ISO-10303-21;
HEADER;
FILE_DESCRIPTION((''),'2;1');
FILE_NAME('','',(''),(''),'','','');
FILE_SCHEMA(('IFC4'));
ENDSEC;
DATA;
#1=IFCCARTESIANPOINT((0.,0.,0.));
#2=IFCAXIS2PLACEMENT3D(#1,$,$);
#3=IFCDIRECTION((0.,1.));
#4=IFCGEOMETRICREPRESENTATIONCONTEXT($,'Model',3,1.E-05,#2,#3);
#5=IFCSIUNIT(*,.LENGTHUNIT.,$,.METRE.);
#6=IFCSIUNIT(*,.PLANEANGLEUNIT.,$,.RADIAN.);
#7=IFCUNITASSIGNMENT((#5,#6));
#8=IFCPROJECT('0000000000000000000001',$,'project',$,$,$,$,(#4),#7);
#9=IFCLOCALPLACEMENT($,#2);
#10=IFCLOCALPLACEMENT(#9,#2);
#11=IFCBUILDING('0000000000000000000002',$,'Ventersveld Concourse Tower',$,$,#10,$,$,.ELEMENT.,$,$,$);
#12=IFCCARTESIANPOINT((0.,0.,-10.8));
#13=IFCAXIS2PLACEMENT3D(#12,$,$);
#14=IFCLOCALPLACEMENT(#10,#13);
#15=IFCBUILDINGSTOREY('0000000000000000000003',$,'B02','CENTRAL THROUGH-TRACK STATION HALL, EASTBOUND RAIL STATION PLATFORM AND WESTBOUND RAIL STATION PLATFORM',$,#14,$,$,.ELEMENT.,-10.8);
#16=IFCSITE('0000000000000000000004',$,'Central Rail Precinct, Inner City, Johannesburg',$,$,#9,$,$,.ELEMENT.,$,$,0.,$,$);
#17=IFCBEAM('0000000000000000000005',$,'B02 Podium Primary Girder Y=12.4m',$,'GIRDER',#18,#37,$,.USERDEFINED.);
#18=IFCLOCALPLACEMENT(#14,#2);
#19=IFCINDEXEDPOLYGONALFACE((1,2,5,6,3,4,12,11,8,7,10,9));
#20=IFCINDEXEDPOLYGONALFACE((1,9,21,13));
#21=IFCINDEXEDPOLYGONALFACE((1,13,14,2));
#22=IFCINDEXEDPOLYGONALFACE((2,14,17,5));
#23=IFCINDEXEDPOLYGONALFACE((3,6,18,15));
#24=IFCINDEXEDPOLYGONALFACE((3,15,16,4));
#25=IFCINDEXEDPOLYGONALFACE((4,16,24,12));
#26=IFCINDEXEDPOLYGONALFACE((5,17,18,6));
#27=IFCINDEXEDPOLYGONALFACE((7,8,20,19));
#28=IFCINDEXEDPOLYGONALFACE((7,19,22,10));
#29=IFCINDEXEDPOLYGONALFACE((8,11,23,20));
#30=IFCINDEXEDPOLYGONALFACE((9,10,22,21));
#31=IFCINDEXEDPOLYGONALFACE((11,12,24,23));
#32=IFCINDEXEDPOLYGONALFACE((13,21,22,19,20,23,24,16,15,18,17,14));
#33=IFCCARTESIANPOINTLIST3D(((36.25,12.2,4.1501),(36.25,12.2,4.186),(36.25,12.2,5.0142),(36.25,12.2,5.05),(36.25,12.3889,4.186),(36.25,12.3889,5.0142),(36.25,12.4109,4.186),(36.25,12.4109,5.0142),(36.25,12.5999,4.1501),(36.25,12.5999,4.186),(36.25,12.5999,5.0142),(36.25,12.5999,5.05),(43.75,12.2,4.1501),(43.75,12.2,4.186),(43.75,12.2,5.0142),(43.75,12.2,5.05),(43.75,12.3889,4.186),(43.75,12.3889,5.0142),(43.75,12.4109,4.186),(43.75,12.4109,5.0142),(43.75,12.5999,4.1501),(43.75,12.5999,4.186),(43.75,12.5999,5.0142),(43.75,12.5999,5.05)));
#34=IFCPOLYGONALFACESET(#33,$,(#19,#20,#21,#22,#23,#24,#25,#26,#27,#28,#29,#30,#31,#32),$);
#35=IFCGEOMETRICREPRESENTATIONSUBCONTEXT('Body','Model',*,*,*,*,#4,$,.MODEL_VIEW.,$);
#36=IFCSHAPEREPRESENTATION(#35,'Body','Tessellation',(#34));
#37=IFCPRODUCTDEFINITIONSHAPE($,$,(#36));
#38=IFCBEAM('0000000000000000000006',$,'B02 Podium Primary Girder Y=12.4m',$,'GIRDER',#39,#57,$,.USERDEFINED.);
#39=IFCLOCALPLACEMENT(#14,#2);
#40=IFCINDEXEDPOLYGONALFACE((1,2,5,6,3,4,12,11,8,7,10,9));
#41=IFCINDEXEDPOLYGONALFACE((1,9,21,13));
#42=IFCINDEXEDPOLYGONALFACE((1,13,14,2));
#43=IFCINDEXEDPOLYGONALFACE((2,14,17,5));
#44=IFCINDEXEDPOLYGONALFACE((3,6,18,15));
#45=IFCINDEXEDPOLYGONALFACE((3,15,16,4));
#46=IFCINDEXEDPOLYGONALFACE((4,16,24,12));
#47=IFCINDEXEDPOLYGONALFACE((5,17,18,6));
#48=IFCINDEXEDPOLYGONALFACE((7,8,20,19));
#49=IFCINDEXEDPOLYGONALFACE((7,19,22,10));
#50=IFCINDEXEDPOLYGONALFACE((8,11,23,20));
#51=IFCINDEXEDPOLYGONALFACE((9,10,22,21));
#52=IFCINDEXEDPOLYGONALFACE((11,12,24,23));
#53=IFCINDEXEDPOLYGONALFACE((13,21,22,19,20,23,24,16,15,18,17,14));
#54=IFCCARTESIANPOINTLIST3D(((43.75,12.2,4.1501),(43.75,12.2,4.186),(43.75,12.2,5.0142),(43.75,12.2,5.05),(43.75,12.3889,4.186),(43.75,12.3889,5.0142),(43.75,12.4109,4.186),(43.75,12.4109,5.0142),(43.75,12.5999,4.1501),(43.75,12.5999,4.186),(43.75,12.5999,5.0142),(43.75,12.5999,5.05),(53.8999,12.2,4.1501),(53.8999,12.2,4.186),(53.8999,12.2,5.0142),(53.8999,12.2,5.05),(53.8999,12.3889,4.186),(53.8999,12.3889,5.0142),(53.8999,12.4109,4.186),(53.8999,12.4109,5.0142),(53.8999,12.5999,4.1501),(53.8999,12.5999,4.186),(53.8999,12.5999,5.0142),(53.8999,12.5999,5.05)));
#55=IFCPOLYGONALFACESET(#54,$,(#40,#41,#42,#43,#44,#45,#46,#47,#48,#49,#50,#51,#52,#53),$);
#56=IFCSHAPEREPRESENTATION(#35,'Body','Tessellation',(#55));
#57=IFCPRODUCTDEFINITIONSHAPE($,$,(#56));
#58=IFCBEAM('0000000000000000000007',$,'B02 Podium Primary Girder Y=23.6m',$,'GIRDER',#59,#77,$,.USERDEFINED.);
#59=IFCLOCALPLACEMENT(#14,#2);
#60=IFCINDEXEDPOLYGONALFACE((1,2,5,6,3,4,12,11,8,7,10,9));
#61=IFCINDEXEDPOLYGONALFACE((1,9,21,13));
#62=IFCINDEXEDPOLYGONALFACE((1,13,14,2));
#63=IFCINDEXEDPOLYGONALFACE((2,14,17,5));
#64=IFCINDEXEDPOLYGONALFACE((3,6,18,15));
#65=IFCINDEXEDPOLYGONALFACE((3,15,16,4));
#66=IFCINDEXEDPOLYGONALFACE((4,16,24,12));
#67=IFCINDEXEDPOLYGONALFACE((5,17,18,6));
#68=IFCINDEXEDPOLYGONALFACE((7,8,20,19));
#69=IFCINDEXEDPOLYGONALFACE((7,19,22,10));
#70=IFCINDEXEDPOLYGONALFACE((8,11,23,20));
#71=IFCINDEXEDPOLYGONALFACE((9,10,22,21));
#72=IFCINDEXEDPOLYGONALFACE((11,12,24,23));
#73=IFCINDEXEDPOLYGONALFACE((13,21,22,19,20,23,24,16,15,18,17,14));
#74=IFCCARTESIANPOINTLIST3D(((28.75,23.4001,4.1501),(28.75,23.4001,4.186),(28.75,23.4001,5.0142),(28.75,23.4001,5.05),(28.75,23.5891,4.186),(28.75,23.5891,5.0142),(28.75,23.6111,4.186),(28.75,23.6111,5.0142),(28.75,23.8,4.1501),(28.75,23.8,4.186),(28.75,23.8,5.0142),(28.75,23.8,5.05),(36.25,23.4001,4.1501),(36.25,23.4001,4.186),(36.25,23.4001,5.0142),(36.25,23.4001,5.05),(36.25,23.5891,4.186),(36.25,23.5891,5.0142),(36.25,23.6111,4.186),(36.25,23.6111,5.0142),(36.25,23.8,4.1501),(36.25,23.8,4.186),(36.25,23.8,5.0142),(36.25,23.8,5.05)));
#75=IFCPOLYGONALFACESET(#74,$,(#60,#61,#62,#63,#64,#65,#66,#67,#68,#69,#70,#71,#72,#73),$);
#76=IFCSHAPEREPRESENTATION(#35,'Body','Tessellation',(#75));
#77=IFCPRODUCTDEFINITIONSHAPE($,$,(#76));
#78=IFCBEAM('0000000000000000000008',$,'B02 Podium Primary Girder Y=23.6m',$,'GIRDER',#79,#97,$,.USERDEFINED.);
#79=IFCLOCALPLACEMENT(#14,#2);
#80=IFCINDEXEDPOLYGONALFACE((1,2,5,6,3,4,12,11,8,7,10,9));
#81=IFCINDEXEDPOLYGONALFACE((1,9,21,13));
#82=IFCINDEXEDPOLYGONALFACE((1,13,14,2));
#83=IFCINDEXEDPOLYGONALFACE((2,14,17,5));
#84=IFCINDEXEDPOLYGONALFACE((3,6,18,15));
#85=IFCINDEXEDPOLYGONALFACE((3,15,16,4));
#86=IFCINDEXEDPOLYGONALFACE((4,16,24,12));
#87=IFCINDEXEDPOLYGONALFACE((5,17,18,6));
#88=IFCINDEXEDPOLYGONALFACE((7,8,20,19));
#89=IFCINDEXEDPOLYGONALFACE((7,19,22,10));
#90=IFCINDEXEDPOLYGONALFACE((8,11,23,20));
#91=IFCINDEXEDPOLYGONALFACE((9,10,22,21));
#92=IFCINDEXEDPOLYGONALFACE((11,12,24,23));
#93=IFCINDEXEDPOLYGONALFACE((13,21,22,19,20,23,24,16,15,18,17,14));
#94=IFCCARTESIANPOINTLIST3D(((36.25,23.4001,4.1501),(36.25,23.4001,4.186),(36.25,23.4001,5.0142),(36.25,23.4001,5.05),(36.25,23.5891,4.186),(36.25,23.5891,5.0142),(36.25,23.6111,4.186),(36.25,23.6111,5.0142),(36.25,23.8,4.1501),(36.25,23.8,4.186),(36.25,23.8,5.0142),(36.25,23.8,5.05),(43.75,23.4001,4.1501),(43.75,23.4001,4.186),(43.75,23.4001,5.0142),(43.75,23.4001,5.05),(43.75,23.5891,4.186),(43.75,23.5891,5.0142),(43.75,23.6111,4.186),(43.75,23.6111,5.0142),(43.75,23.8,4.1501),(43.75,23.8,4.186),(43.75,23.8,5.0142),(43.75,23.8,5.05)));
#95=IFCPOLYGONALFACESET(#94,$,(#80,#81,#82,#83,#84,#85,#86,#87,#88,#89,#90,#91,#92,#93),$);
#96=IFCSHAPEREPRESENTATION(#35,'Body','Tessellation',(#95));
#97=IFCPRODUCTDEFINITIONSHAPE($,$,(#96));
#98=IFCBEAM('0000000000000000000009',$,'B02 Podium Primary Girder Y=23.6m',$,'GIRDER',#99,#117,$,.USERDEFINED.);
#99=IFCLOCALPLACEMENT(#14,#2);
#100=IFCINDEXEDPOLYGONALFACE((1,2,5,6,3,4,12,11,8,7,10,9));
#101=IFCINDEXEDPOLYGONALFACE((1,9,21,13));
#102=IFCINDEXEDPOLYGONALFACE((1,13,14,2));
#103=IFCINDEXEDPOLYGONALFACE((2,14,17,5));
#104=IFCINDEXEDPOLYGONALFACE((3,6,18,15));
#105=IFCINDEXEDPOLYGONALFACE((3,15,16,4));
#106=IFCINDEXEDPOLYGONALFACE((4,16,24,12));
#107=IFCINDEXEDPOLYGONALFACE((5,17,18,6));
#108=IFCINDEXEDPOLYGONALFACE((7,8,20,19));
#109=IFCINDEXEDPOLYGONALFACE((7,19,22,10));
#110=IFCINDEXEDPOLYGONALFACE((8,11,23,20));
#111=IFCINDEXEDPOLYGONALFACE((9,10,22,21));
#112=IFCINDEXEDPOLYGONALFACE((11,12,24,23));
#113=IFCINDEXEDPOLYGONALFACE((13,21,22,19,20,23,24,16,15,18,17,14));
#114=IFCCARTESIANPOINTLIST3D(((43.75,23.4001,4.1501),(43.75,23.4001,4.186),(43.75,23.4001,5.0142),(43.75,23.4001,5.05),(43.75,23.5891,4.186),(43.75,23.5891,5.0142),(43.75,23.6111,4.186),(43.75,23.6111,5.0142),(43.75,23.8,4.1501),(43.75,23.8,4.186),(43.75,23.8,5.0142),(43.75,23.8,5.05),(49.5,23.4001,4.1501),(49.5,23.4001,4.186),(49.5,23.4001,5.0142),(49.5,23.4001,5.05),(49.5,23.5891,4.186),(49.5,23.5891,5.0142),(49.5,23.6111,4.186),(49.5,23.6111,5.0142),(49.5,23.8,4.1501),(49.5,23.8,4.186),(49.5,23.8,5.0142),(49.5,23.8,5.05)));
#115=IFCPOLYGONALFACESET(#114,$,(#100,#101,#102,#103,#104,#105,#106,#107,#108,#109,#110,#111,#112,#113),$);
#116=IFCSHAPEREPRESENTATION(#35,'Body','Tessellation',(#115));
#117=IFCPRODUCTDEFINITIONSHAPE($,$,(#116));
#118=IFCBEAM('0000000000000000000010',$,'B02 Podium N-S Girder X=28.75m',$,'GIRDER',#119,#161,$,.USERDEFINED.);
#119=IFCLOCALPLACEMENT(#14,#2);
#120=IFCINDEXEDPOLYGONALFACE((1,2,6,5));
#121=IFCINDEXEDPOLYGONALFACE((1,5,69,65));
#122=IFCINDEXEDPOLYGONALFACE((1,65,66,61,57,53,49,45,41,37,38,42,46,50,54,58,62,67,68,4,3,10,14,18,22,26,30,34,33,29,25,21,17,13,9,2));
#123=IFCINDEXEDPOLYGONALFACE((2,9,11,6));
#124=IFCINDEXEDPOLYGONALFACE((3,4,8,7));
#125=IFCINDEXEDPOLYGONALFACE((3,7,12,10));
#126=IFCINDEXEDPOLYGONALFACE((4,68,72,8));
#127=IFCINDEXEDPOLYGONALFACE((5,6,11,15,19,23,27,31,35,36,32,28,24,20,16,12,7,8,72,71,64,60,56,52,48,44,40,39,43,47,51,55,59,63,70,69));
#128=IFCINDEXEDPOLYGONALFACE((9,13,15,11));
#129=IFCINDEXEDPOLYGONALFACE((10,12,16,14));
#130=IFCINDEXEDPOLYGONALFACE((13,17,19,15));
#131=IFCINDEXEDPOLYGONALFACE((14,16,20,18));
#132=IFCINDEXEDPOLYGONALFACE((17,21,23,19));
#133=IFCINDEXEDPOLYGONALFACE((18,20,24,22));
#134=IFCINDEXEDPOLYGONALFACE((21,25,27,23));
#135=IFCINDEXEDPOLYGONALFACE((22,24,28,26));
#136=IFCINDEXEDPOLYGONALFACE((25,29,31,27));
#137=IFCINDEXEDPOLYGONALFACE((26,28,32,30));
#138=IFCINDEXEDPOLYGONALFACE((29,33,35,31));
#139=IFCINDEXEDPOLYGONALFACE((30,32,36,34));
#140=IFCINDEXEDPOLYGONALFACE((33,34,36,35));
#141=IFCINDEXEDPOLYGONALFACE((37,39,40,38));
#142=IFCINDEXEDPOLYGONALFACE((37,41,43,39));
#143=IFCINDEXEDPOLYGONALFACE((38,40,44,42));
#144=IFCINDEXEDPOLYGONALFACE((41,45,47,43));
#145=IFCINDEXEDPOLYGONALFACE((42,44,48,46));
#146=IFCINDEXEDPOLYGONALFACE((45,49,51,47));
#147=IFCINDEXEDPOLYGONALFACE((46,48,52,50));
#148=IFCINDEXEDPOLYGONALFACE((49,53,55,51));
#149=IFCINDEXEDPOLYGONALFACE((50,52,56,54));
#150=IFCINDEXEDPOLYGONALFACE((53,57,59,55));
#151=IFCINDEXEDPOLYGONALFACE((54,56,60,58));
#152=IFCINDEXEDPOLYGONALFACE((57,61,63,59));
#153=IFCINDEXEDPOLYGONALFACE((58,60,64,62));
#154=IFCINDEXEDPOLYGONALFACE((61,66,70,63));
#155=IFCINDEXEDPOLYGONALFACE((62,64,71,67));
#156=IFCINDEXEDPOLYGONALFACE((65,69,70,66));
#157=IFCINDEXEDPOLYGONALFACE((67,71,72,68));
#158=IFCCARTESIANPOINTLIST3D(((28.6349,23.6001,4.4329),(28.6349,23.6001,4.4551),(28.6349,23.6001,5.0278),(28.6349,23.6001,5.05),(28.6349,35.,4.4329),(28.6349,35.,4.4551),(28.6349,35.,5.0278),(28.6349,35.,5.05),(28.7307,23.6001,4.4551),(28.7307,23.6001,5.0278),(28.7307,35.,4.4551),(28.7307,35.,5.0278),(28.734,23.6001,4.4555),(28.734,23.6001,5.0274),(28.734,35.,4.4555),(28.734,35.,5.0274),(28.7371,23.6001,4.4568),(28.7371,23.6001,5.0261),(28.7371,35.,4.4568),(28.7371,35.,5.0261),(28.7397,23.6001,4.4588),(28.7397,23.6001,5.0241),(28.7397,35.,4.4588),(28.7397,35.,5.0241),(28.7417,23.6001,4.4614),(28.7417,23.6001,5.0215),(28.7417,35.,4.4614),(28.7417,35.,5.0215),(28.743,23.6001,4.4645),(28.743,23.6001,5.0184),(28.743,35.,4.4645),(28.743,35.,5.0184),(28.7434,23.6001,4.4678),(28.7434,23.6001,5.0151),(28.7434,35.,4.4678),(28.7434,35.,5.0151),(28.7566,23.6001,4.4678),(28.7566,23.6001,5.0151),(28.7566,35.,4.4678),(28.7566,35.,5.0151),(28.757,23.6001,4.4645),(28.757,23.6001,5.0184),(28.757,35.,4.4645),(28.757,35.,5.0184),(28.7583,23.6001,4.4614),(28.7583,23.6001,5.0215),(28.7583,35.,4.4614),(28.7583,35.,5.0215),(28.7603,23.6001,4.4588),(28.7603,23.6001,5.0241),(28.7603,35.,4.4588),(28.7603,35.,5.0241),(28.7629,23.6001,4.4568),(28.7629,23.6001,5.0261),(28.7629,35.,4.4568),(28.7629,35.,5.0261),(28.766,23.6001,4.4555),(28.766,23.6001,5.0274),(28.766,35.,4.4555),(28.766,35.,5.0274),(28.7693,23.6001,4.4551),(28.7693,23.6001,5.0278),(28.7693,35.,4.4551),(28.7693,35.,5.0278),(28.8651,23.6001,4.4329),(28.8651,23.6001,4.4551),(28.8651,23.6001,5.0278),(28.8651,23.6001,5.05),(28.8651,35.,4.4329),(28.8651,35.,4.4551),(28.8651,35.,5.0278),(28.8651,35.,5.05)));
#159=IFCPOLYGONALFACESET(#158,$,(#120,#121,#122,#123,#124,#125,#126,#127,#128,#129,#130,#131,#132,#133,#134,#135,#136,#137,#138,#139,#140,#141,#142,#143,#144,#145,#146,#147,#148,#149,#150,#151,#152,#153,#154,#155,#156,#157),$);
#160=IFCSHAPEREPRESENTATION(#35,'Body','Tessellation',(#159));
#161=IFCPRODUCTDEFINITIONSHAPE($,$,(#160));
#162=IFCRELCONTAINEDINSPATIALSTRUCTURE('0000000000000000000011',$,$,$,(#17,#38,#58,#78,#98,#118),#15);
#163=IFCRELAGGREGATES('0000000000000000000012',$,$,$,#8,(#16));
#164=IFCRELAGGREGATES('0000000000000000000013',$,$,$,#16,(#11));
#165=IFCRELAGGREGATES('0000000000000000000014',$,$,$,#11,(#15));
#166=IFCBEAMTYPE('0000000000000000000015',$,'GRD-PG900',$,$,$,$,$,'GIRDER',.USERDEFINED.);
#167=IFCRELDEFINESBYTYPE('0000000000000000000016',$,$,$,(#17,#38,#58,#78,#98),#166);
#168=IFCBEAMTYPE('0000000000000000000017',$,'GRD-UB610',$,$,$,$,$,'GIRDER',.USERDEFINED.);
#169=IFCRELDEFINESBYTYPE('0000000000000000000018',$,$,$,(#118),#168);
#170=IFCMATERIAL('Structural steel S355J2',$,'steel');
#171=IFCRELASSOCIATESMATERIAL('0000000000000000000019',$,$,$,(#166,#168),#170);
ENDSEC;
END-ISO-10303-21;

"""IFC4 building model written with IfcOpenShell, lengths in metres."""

from ifc_helpers import new_model, si_unit, direction, frame, origin, origin_2d, place, context, subcontext, project, spatial, i_section, extrude, material, material_profile, profile_set, type_object, element, save


model = new_model("IFC4")

# Units and contexts
model_context = context("Model", 3, precision=1e-05, world=origin(), true_north=direction((0.0, 1.0)))
body_context = subcontext(model_context, "Body", "Model", "MODEL_VIEW")
ifc_project = project(units=[si_unit("LENGTHUNIT", "METRE"), si_unit("PLANEANGLEUNIT", "RADIAN")], contexts=[model_context])

# Site, building, storey
site_placement = place(None, origin())
site = spatial("IfcSite", under=ifc_project, at=site_placement, Name="Central Rail Precinct, Inner City, Johannesburg", CompositionType="ELEMENT", RefElevation=0.0)
building_placement = place(site_placement, origin())
building = spatial("IfcBuilding", under=site, at=building_placement, Name="Ventersveld Concourse Tower", CompositionType="ELEMENT")
storey_placement = place(building_placement, frame((0.0, 0.0, -10.8)))
storey = spatial("IfcBuildingStorey", under=building, at=storey_placement, Name="B02", Description="CENTRAL THROUGH-TRACK STATION HALL, EASTBOUND RAIL STATION PLATFORM AND WESTBOUND RAIL STATION PLATFORM", CompositionType="ELEMENT", Elevation=-10.8)

# Beams
ifc_material_1 = material(Name="Structural steel S355J2", Category="steel")
ifc_material_profile_1 = material_profile(ifc_material_1, i_section(OverallWidth=0.3999, OverallDepth=0.8999, WebThickness=0.022, FlangeThickness=0.0359, at=origin_2d()), Name="PG 900x400x36")
ifc_profile_set_1 = profile_set([ifc_material_profile_1], Name="Structural steel S355J2")
beam_type_1 = type_object("IfcBeamType", Name="GRD-PG900", ElementType="GIRDER", PredefinedType="USERDEFINED", material=ifc_profile_set_1)
beam_1_placement = place(storey_placement, frame((36.25, 12.3999, 4.6001), z_axis=(1.0, 0.0, 0.0), x_axis=(0.0, 1.0, 0.0)))
element("IfcBeam", 1, at=beam_1_placement, inside=storey, type_object=beam_type_1, Name="B02 Podium Primary Girder Y=12.4m", ObjectType="GIRDER", PredefinedType="USERDEFINED", context=body_context, shape_type="SweptSolid", body=[
    extrude(i_section(OverallWidth=0.3999, OverallDepth=0.8999, WebThickness=0.022, FlangeThickness=0.0359, at=origin_2d()), origin(), (0.0, 0.0, 1.0), 7.5),
])
beam_2_placement = place(storey_placement, frame((43.75, 12.3999, 4.6001), z_axis=(1.0, 0.0, 0.0), x_axis=(0.0, 1.0, 0.0)))
element("IfcBeam", 2, at=beam_2_placement, inside=storey, type_object=beam_type_1, Name="B02 Podium Primary Girder Y=12.4m", ObjectType="GIRDER", PredefinedType="USERDEFINED", context=body_context, shape_type="SweptSolid", body=[
    extrude(i_section(OverallWidth=0.3999, OverallDepth=0.8999, WebThickness=0.022, FlangeThickness=0.0359, at=origin_2d()), origin(), (0.0, 0.0, 1.0), 10.1499),
])
for number, where, z_axis, x_axis, name in (
    (3, (28.75, 23.6001, 4.6001), (1.0, 0.0, 0.0), (0.0, 1.0, 0.0), "B02 Podium Primary Girder Y=23.6m"),
    (4, (36.25, 23.6001, 4.6001), (1.0, 0.0, 0.0), (0.0, 1.0, 0.0), "B02 Podium Primary Girder Y=23.6m"),
):
    element("IfcBeam", number, at=place(storey_placement, frame(where, z_axis=z_axis, x_axis=x_axis)), inside=storey, type_object=beam_type_1, Name=name, ObjectType="GIRDER", PredefinedType="USERDEFINED", context=body_context, shape_type="SweptSolid", body=[
        extrude(i_section(OverallWidth=0.3999, OverallDepth=0.8999, WebThickness=0.022, FlangeThickness=0.0359, at=origin_2d()), origin(), (0.0, 0.0, 1.0), 7.5),
    ])
beam_3_placement = place(storey_placement, frame((43.75, 23.6001, 4.6001), z_axis=(1.0, 0.0, 0.0), x_axis=(0.0, 1.0, 0.0)))
element("IfcBeam", 5, at=beam_3_placement, inside=storey, type_object=beam_type_1, Name="B02 Podium Primary Girder Y=23.6m", ObjectType="GIRDER", PredefinedType="USERDEFINED", context=body_context, shape_type="SweptSolid", body=[
    extrude(i_section(OverallWidth=0.3999, OverallDepth=0.8999, WebThickness=0.022, FlangeThickness=0.0359, at=origin_2d()), origin(), (0.0, 0.0, 1.0), 5.75),
])
ifc_material_profile_2 = material_profile(ifc_material_1, i_section(OverallWidth=0.2302, OverallDepth=0.6172, WebThickness=0.0132, FlangeThickness=0.0222, FilletRadius=0.0127, at=origin_2d()), Name="UB 610x229x140")
ifc_profile_set_2 = profile_set([ifc_material_profile_2], Name="Structural steel S355J2")
beam_type_2 = type_object("IfcBeamType", Name="GRD-UB610", ElementType="GIRDER", PredefinedType="USERDEFINED", material=ifc_profile_set_2)
beam_4_placement = place(storey_placement, frame((28.75, 23.6001, 4.7415), z_axis=(0.0, 1.0, 0.0), x_axis=(-1.0, 0.0, 0.0)))
element("IfcBeam", 6, at=beam_4_placement, inside=storey, type_object=beam_type_2, Name="B02 Podium N-S Girder X=28.75m", ObjectType="GIRDER", PredefinedType="USERDEFINED", context=body_context, shape_type="SweptSolid", body=[
    extrude(i_section(OverallWidth=0.2302, OverallDepth=0.6172, WebThickness=0.0132, FlangeThickness=0.0222, FilletRadius=0.0127, at=origin_2d()), origin(), (0.0, 0.0, 1.0), 11.3999),
])

save(model, "model.ifc")
